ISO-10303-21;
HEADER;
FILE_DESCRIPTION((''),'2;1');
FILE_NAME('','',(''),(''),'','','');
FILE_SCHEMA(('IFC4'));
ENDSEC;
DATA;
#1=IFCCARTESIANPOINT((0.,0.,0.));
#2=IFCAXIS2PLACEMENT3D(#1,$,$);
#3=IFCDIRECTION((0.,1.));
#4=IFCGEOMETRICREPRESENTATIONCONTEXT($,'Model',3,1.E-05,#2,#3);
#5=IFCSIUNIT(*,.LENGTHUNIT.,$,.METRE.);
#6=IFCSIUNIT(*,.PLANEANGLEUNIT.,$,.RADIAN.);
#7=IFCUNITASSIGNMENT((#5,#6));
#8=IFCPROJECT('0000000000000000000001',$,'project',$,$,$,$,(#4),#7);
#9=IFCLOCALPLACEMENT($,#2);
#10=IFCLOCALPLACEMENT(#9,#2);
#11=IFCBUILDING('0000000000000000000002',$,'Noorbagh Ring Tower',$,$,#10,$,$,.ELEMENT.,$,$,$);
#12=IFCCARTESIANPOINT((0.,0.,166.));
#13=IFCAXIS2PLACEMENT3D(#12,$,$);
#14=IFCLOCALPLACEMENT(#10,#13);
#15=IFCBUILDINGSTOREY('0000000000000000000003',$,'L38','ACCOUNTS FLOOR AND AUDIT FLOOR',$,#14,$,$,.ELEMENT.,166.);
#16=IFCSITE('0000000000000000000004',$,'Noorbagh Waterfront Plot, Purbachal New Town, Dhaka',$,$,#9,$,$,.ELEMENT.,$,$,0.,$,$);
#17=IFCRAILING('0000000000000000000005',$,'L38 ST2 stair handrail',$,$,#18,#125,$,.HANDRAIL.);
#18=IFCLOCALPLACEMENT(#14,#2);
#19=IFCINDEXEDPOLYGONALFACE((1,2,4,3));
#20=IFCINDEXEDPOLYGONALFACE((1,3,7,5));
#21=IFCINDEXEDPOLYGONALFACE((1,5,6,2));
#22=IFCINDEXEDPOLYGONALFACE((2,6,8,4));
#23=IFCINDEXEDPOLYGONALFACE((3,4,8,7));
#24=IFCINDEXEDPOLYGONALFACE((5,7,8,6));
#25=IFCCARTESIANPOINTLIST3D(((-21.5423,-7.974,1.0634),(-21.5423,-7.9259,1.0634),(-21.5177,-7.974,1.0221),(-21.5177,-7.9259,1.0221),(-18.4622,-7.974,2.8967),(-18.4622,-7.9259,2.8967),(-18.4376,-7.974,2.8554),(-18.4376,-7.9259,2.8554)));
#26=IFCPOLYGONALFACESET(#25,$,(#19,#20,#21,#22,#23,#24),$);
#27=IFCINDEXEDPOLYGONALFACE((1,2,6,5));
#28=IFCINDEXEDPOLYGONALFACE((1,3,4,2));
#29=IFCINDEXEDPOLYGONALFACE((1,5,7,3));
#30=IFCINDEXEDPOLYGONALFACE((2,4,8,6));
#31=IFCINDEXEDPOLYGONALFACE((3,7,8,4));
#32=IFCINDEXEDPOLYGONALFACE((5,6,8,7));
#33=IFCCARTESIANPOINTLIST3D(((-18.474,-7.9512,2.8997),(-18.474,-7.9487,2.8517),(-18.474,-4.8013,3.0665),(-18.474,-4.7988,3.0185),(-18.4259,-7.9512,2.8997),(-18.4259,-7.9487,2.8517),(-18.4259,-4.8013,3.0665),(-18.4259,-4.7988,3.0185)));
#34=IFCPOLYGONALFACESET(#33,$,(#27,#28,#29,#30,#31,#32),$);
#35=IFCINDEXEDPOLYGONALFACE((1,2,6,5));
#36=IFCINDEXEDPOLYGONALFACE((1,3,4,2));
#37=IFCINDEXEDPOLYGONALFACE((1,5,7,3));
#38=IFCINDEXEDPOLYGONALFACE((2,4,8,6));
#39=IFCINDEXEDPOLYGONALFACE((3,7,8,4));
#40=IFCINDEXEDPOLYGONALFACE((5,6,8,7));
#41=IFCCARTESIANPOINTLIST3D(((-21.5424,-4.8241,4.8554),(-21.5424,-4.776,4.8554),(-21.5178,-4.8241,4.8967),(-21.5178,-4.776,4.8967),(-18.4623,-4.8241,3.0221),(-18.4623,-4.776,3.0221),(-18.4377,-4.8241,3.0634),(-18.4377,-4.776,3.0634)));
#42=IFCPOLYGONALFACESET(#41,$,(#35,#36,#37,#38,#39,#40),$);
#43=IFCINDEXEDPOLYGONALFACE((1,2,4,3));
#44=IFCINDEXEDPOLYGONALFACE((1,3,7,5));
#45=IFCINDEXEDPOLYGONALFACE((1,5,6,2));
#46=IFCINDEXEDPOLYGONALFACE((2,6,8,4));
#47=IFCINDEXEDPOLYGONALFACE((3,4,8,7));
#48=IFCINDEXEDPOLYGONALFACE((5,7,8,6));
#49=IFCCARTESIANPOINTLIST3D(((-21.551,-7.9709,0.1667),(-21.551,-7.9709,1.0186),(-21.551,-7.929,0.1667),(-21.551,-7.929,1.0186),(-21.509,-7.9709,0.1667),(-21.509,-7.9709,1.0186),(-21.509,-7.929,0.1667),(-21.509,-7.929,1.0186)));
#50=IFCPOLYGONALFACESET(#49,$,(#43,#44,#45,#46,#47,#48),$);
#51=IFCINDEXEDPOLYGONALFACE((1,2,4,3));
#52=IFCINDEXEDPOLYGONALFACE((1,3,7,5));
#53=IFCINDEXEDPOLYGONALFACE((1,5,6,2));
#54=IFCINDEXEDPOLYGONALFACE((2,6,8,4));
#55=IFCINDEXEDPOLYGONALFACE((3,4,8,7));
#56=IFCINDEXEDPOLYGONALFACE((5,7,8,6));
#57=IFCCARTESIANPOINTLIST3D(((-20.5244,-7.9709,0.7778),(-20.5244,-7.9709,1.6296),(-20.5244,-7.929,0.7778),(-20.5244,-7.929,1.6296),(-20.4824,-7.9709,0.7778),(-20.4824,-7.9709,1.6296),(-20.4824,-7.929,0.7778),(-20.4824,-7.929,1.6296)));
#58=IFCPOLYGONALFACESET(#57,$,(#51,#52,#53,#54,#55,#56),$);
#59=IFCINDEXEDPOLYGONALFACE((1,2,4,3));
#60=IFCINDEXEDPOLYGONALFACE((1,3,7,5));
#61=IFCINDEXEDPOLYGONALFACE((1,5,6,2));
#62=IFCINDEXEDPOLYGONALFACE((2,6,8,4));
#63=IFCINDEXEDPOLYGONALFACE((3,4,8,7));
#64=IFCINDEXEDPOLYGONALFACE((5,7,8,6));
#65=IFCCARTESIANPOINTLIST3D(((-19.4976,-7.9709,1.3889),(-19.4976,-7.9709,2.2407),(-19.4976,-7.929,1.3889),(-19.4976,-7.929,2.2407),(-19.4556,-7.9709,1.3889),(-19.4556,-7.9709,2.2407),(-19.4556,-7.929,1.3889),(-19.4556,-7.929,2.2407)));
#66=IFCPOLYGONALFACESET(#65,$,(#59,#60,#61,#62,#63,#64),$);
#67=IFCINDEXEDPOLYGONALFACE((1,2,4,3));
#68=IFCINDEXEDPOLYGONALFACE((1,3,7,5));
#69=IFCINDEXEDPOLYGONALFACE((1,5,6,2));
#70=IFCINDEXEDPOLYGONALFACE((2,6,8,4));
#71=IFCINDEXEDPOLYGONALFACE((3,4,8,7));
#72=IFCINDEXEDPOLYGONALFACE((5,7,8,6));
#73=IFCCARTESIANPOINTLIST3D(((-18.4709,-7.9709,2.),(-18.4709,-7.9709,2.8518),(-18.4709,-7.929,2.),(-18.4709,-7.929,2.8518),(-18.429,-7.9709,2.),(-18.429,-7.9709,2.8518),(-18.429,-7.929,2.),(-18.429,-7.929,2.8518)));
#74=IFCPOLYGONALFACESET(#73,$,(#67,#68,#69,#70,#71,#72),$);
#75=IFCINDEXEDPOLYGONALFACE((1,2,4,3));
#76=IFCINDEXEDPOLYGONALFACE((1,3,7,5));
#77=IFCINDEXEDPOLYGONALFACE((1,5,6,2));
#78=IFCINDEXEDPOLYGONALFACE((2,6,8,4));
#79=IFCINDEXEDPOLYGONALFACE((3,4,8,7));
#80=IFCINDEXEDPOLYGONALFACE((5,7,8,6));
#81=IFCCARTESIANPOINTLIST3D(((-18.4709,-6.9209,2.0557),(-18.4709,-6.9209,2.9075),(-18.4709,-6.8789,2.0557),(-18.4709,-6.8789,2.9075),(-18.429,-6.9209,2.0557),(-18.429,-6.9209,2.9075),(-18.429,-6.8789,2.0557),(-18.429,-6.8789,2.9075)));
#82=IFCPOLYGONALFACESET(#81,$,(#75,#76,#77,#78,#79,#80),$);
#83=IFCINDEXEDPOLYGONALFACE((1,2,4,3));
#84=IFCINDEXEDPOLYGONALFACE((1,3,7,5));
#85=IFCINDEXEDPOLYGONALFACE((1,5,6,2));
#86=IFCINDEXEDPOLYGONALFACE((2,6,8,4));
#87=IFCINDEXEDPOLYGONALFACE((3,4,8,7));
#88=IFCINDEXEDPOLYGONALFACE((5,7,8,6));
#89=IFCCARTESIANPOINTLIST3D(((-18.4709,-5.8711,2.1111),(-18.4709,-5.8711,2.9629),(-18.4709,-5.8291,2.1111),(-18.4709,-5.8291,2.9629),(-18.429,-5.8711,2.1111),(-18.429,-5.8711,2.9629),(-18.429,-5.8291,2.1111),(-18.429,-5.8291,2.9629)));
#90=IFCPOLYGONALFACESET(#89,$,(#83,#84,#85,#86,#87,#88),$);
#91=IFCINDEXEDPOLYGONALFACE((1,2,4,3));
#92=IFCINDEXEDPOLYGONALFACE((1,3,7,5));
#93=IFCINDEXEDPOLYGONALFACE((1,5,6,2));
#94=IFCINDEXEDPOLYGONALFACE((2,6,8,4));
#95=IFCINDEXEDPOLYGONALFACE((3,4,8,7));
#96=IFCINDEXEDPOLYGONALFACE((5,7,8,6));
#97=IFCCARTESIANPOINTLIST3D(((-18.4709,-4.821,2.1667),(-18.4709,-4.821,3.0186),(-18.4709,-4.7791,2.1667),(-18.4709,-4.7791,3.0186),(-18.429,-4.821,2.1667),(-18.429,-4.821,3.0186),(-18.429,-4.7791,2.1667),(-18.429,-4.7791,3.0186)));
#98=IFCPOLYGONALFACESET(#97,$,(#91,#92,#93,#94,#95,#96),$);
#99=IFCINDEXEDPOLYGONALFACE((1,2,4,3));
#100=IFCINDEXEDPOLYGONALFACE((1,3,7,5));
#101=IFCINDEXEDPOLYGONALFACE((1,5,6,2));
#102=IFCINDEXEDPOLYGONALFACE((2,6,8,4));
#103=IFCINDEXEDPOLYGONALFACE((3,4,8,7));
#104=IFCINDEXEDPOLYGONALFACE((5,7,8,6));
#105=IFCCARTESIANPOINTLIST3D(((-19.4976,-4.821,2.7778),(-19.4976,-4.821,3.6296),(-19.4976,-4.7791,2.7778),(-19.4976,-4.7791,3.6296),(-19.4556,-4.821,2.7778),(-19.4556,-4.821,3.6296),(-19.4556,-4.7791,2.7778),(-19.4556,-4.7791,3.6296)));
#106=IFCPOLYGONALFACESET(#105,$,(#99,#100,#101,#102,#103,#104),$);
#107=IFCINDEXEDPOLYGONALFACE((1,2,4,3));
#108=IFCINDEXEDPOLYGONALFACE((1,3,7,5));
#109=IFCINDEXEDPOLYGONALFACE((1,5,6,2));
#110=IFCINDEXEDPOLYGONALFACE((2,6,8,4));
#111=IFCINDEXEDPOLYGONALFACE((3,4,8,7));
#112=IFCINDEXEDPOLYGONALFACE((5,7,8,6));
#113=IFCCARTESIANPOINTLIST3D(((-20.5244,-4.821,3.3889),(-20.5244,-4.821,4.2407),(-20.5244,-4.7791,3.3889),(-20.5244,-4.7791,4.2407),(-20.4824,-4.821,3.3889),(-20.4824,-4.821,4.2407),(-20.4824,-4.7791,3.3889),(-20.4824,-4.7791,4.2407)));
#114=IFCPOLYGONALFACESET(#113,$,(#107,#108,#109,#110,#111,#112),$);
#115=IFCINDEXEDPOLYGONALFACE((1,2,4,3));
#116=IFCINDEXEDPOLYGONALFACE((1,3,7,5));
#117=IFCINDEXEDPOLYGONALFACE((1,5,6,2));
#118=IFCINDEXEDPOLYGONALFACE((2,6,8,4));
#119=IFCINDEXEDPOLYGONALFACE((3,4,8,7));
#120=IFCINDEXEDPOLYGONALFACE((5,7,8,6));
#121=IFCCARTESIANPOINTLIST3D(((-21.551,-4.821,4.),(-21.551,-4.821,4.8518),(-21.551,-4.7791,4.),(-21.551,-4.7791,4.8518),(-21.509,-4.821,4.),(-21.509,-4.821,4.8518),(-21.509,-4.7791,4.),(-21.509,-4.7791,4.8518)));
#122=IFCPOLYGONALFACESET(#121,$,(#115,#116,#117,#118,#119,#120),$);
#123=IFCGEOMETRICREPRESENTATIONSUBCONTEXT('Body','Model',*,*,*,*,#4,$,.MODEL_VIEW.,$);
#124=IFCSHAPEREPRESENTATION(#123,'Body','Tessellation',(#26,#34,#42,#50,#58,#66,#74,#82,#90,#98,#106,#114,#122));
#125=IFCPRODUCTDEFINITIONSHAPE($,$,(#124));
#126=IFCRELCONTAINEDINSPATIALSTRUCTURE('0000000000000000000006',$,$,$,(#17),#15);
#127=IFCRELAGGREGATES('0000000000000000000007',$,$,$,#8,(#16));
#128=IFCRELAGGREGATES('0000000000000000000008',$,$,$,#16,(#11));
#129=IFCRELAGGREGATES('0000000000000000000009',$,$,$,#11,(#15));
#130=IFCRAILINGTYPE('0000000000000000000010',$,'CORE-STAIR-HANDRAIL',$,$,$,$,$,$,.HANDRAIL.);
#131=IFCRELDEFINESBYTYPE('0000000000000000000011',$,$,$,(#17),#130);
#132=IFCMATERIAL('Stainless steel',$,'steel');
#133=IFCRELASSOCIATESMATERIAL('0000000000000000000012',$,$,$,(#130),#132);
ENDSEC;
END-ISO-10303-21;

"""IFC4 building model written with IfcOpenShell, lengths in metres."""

from ifc_helpers import new_model, si_unit, direction, frame, origin, origin_2d, place, context, subcontext, project, spatial, rectangle, extrude, material, type_object, element, save


model = new_model("IFC4")

# Units and contexts
model_context = context("Model", 3, precision=1e-05, world=origin(), true_north=direction((0.0, 1.0)))
body_context = subcontext(model_context, "Body", "Model", "MODEL_VIEW")
ifc_project = project(units=[si_unit("LENGTHUNIT", "METRE"), si_unit("PLANEANGLEUNIT", "RADIAN")], contexts=[model_context])

# Site, building, storey
site_placement = place(None, origin())
site = spatial("IfcSite", under=ifc_project, at=site_placement, Name="Noorbagh Waterfront Plot, Purbachal New Town, Dhaka", CompositionType="ELEMENT", RefElevation=0.0)
building_placement = place(site_placement, origin())
building = spatial("IfcBuilding", under=site, at=building_placement, Name="Noorbagh Ring Tower", CompositionType="ELEMENT")
storey_placement = place(building_placement, frame((0.0, 0.0, 166.0)))
storey = spatial("IfcBuildingStorey", under=building, at=storey_placement, Name="L38", Description="ACCOUNTS FLOOR AND AUDIT FLOOR", CompositionType="ELEMENT", Elevation=166.0)

# Railing
ifc_material_1 = material(Name="Stainless steel", Category="steel")
railing_type_1 = type_object("IfcRailingType", Name="CORE-STAIR-HANDRAIL", PredefinedType="HANDRAIL", material=ifc_material_1)
railing_1_placement = place(storey_placement, frame((-21.53, -7.95, 0.1667)))
element("IfcRailing", 1, at=railing_1_placement, inside=storey, type_object=railing_type_1, Name="L38 ST2 stair handrail", PredefinedType="HANDRAIL", context=body_context, shape_type="SweptSolid", body=[
    extrude(rectangle(XDim=0.0481, YDim=0.0481, at=origin_2d()), frame((0.0, 0.0, 0.876), z_axis=(0.859309, 0.0, 0.511458), x_axis=(0.0, 1.0, 0.0)), (0.0, 0.0, 1.0), 3.5845),
    extrude(rectangle(XDim=0.0481, YDim=0.0481, at=origin_2d()), frame((3.0801, 0.0, 2.709), z_axis=(0.0, 0.998602, 0.052864), x_axis=(-1.0, 0.0, 0.0)), (0.0, 0.0, 1.0), 3.1543),
    extrude(rectangle(XDim=0.0481, YDim=0.0481, at=origin_2d()), frame((3.0801, 3.1499, 2.876), z_axis=(-0.859309, 0.0, 0.511458), x_axis=(0.0, -1.0, 0.0)), (0.0, 0.0, 1.0), 3.5845),
    extrude(rectangle(XDim=0.042, YDim=0.042, at=origin_2d()), origin(), (0.0, 0.0, 1.0), 0.8518),
    extrude(rectangle(XDim=0.042, YDim=0.042, at=origin_2d()), frame((1.0266, 0.0, 0.6111)), (0.0, 0.0, 1.0), 0.8518),
    extrude(rectangle(XDim=0.042, YDim=0.042, at=origin_2d()), frame((2.0535, 0.0, 1.2222)), (0.0, 0.0, 1.0), 0.8518),
    extrude(rectangle(XDim=0.042, YDim=0.042, at=origin_2d()), frame((3.0801, 0.0, 1.8333)), (0.0, 0.0, 1.0), 0.8518),
    extrude(rectangle(XDim=0.042, YDim=0.042, at=origin_2d()), frame((3.0801, 1.05, 1.8889)), (0.0, 0.0, 1.0), 0.8518),
    extrude(rectangle(XDim=0.042, YDim=0.042, at=origin_2d()), frame((3.0801, 2.0999, 1.9443)), (0.0, 0.0, 1.0), 0.8518),
    extrude(rectangle(XDim=0.042, YDim=0.042, at=origin_2d()), frame((3.0801, 3.1499, 2.0)), (0.0, 0.0, 1.0), 0.8518),
    extrude(rectangle(XDim=0.042, YDim=0.042, at=origin_2d()), frame((2.0535, 3.1499, 2.6111)), (0.0, 0.0, 1.0), 0.8518),
    extrude(rectangle(XDim=0.042, YDim=0.042, at=origin_2d()), frame((1.0266, 3.1499, 3.2222)), (0.0, 0.0, 1.0), 0.8518),
    extrude(rectangle(XDim=0.042, YDim=0.042, at=origin_2d()), frame((0.0, 3.1499, 3.8333)), (0.0, 0.0, 1.0), 0.8518),
])

save(model, "model.ifc")
